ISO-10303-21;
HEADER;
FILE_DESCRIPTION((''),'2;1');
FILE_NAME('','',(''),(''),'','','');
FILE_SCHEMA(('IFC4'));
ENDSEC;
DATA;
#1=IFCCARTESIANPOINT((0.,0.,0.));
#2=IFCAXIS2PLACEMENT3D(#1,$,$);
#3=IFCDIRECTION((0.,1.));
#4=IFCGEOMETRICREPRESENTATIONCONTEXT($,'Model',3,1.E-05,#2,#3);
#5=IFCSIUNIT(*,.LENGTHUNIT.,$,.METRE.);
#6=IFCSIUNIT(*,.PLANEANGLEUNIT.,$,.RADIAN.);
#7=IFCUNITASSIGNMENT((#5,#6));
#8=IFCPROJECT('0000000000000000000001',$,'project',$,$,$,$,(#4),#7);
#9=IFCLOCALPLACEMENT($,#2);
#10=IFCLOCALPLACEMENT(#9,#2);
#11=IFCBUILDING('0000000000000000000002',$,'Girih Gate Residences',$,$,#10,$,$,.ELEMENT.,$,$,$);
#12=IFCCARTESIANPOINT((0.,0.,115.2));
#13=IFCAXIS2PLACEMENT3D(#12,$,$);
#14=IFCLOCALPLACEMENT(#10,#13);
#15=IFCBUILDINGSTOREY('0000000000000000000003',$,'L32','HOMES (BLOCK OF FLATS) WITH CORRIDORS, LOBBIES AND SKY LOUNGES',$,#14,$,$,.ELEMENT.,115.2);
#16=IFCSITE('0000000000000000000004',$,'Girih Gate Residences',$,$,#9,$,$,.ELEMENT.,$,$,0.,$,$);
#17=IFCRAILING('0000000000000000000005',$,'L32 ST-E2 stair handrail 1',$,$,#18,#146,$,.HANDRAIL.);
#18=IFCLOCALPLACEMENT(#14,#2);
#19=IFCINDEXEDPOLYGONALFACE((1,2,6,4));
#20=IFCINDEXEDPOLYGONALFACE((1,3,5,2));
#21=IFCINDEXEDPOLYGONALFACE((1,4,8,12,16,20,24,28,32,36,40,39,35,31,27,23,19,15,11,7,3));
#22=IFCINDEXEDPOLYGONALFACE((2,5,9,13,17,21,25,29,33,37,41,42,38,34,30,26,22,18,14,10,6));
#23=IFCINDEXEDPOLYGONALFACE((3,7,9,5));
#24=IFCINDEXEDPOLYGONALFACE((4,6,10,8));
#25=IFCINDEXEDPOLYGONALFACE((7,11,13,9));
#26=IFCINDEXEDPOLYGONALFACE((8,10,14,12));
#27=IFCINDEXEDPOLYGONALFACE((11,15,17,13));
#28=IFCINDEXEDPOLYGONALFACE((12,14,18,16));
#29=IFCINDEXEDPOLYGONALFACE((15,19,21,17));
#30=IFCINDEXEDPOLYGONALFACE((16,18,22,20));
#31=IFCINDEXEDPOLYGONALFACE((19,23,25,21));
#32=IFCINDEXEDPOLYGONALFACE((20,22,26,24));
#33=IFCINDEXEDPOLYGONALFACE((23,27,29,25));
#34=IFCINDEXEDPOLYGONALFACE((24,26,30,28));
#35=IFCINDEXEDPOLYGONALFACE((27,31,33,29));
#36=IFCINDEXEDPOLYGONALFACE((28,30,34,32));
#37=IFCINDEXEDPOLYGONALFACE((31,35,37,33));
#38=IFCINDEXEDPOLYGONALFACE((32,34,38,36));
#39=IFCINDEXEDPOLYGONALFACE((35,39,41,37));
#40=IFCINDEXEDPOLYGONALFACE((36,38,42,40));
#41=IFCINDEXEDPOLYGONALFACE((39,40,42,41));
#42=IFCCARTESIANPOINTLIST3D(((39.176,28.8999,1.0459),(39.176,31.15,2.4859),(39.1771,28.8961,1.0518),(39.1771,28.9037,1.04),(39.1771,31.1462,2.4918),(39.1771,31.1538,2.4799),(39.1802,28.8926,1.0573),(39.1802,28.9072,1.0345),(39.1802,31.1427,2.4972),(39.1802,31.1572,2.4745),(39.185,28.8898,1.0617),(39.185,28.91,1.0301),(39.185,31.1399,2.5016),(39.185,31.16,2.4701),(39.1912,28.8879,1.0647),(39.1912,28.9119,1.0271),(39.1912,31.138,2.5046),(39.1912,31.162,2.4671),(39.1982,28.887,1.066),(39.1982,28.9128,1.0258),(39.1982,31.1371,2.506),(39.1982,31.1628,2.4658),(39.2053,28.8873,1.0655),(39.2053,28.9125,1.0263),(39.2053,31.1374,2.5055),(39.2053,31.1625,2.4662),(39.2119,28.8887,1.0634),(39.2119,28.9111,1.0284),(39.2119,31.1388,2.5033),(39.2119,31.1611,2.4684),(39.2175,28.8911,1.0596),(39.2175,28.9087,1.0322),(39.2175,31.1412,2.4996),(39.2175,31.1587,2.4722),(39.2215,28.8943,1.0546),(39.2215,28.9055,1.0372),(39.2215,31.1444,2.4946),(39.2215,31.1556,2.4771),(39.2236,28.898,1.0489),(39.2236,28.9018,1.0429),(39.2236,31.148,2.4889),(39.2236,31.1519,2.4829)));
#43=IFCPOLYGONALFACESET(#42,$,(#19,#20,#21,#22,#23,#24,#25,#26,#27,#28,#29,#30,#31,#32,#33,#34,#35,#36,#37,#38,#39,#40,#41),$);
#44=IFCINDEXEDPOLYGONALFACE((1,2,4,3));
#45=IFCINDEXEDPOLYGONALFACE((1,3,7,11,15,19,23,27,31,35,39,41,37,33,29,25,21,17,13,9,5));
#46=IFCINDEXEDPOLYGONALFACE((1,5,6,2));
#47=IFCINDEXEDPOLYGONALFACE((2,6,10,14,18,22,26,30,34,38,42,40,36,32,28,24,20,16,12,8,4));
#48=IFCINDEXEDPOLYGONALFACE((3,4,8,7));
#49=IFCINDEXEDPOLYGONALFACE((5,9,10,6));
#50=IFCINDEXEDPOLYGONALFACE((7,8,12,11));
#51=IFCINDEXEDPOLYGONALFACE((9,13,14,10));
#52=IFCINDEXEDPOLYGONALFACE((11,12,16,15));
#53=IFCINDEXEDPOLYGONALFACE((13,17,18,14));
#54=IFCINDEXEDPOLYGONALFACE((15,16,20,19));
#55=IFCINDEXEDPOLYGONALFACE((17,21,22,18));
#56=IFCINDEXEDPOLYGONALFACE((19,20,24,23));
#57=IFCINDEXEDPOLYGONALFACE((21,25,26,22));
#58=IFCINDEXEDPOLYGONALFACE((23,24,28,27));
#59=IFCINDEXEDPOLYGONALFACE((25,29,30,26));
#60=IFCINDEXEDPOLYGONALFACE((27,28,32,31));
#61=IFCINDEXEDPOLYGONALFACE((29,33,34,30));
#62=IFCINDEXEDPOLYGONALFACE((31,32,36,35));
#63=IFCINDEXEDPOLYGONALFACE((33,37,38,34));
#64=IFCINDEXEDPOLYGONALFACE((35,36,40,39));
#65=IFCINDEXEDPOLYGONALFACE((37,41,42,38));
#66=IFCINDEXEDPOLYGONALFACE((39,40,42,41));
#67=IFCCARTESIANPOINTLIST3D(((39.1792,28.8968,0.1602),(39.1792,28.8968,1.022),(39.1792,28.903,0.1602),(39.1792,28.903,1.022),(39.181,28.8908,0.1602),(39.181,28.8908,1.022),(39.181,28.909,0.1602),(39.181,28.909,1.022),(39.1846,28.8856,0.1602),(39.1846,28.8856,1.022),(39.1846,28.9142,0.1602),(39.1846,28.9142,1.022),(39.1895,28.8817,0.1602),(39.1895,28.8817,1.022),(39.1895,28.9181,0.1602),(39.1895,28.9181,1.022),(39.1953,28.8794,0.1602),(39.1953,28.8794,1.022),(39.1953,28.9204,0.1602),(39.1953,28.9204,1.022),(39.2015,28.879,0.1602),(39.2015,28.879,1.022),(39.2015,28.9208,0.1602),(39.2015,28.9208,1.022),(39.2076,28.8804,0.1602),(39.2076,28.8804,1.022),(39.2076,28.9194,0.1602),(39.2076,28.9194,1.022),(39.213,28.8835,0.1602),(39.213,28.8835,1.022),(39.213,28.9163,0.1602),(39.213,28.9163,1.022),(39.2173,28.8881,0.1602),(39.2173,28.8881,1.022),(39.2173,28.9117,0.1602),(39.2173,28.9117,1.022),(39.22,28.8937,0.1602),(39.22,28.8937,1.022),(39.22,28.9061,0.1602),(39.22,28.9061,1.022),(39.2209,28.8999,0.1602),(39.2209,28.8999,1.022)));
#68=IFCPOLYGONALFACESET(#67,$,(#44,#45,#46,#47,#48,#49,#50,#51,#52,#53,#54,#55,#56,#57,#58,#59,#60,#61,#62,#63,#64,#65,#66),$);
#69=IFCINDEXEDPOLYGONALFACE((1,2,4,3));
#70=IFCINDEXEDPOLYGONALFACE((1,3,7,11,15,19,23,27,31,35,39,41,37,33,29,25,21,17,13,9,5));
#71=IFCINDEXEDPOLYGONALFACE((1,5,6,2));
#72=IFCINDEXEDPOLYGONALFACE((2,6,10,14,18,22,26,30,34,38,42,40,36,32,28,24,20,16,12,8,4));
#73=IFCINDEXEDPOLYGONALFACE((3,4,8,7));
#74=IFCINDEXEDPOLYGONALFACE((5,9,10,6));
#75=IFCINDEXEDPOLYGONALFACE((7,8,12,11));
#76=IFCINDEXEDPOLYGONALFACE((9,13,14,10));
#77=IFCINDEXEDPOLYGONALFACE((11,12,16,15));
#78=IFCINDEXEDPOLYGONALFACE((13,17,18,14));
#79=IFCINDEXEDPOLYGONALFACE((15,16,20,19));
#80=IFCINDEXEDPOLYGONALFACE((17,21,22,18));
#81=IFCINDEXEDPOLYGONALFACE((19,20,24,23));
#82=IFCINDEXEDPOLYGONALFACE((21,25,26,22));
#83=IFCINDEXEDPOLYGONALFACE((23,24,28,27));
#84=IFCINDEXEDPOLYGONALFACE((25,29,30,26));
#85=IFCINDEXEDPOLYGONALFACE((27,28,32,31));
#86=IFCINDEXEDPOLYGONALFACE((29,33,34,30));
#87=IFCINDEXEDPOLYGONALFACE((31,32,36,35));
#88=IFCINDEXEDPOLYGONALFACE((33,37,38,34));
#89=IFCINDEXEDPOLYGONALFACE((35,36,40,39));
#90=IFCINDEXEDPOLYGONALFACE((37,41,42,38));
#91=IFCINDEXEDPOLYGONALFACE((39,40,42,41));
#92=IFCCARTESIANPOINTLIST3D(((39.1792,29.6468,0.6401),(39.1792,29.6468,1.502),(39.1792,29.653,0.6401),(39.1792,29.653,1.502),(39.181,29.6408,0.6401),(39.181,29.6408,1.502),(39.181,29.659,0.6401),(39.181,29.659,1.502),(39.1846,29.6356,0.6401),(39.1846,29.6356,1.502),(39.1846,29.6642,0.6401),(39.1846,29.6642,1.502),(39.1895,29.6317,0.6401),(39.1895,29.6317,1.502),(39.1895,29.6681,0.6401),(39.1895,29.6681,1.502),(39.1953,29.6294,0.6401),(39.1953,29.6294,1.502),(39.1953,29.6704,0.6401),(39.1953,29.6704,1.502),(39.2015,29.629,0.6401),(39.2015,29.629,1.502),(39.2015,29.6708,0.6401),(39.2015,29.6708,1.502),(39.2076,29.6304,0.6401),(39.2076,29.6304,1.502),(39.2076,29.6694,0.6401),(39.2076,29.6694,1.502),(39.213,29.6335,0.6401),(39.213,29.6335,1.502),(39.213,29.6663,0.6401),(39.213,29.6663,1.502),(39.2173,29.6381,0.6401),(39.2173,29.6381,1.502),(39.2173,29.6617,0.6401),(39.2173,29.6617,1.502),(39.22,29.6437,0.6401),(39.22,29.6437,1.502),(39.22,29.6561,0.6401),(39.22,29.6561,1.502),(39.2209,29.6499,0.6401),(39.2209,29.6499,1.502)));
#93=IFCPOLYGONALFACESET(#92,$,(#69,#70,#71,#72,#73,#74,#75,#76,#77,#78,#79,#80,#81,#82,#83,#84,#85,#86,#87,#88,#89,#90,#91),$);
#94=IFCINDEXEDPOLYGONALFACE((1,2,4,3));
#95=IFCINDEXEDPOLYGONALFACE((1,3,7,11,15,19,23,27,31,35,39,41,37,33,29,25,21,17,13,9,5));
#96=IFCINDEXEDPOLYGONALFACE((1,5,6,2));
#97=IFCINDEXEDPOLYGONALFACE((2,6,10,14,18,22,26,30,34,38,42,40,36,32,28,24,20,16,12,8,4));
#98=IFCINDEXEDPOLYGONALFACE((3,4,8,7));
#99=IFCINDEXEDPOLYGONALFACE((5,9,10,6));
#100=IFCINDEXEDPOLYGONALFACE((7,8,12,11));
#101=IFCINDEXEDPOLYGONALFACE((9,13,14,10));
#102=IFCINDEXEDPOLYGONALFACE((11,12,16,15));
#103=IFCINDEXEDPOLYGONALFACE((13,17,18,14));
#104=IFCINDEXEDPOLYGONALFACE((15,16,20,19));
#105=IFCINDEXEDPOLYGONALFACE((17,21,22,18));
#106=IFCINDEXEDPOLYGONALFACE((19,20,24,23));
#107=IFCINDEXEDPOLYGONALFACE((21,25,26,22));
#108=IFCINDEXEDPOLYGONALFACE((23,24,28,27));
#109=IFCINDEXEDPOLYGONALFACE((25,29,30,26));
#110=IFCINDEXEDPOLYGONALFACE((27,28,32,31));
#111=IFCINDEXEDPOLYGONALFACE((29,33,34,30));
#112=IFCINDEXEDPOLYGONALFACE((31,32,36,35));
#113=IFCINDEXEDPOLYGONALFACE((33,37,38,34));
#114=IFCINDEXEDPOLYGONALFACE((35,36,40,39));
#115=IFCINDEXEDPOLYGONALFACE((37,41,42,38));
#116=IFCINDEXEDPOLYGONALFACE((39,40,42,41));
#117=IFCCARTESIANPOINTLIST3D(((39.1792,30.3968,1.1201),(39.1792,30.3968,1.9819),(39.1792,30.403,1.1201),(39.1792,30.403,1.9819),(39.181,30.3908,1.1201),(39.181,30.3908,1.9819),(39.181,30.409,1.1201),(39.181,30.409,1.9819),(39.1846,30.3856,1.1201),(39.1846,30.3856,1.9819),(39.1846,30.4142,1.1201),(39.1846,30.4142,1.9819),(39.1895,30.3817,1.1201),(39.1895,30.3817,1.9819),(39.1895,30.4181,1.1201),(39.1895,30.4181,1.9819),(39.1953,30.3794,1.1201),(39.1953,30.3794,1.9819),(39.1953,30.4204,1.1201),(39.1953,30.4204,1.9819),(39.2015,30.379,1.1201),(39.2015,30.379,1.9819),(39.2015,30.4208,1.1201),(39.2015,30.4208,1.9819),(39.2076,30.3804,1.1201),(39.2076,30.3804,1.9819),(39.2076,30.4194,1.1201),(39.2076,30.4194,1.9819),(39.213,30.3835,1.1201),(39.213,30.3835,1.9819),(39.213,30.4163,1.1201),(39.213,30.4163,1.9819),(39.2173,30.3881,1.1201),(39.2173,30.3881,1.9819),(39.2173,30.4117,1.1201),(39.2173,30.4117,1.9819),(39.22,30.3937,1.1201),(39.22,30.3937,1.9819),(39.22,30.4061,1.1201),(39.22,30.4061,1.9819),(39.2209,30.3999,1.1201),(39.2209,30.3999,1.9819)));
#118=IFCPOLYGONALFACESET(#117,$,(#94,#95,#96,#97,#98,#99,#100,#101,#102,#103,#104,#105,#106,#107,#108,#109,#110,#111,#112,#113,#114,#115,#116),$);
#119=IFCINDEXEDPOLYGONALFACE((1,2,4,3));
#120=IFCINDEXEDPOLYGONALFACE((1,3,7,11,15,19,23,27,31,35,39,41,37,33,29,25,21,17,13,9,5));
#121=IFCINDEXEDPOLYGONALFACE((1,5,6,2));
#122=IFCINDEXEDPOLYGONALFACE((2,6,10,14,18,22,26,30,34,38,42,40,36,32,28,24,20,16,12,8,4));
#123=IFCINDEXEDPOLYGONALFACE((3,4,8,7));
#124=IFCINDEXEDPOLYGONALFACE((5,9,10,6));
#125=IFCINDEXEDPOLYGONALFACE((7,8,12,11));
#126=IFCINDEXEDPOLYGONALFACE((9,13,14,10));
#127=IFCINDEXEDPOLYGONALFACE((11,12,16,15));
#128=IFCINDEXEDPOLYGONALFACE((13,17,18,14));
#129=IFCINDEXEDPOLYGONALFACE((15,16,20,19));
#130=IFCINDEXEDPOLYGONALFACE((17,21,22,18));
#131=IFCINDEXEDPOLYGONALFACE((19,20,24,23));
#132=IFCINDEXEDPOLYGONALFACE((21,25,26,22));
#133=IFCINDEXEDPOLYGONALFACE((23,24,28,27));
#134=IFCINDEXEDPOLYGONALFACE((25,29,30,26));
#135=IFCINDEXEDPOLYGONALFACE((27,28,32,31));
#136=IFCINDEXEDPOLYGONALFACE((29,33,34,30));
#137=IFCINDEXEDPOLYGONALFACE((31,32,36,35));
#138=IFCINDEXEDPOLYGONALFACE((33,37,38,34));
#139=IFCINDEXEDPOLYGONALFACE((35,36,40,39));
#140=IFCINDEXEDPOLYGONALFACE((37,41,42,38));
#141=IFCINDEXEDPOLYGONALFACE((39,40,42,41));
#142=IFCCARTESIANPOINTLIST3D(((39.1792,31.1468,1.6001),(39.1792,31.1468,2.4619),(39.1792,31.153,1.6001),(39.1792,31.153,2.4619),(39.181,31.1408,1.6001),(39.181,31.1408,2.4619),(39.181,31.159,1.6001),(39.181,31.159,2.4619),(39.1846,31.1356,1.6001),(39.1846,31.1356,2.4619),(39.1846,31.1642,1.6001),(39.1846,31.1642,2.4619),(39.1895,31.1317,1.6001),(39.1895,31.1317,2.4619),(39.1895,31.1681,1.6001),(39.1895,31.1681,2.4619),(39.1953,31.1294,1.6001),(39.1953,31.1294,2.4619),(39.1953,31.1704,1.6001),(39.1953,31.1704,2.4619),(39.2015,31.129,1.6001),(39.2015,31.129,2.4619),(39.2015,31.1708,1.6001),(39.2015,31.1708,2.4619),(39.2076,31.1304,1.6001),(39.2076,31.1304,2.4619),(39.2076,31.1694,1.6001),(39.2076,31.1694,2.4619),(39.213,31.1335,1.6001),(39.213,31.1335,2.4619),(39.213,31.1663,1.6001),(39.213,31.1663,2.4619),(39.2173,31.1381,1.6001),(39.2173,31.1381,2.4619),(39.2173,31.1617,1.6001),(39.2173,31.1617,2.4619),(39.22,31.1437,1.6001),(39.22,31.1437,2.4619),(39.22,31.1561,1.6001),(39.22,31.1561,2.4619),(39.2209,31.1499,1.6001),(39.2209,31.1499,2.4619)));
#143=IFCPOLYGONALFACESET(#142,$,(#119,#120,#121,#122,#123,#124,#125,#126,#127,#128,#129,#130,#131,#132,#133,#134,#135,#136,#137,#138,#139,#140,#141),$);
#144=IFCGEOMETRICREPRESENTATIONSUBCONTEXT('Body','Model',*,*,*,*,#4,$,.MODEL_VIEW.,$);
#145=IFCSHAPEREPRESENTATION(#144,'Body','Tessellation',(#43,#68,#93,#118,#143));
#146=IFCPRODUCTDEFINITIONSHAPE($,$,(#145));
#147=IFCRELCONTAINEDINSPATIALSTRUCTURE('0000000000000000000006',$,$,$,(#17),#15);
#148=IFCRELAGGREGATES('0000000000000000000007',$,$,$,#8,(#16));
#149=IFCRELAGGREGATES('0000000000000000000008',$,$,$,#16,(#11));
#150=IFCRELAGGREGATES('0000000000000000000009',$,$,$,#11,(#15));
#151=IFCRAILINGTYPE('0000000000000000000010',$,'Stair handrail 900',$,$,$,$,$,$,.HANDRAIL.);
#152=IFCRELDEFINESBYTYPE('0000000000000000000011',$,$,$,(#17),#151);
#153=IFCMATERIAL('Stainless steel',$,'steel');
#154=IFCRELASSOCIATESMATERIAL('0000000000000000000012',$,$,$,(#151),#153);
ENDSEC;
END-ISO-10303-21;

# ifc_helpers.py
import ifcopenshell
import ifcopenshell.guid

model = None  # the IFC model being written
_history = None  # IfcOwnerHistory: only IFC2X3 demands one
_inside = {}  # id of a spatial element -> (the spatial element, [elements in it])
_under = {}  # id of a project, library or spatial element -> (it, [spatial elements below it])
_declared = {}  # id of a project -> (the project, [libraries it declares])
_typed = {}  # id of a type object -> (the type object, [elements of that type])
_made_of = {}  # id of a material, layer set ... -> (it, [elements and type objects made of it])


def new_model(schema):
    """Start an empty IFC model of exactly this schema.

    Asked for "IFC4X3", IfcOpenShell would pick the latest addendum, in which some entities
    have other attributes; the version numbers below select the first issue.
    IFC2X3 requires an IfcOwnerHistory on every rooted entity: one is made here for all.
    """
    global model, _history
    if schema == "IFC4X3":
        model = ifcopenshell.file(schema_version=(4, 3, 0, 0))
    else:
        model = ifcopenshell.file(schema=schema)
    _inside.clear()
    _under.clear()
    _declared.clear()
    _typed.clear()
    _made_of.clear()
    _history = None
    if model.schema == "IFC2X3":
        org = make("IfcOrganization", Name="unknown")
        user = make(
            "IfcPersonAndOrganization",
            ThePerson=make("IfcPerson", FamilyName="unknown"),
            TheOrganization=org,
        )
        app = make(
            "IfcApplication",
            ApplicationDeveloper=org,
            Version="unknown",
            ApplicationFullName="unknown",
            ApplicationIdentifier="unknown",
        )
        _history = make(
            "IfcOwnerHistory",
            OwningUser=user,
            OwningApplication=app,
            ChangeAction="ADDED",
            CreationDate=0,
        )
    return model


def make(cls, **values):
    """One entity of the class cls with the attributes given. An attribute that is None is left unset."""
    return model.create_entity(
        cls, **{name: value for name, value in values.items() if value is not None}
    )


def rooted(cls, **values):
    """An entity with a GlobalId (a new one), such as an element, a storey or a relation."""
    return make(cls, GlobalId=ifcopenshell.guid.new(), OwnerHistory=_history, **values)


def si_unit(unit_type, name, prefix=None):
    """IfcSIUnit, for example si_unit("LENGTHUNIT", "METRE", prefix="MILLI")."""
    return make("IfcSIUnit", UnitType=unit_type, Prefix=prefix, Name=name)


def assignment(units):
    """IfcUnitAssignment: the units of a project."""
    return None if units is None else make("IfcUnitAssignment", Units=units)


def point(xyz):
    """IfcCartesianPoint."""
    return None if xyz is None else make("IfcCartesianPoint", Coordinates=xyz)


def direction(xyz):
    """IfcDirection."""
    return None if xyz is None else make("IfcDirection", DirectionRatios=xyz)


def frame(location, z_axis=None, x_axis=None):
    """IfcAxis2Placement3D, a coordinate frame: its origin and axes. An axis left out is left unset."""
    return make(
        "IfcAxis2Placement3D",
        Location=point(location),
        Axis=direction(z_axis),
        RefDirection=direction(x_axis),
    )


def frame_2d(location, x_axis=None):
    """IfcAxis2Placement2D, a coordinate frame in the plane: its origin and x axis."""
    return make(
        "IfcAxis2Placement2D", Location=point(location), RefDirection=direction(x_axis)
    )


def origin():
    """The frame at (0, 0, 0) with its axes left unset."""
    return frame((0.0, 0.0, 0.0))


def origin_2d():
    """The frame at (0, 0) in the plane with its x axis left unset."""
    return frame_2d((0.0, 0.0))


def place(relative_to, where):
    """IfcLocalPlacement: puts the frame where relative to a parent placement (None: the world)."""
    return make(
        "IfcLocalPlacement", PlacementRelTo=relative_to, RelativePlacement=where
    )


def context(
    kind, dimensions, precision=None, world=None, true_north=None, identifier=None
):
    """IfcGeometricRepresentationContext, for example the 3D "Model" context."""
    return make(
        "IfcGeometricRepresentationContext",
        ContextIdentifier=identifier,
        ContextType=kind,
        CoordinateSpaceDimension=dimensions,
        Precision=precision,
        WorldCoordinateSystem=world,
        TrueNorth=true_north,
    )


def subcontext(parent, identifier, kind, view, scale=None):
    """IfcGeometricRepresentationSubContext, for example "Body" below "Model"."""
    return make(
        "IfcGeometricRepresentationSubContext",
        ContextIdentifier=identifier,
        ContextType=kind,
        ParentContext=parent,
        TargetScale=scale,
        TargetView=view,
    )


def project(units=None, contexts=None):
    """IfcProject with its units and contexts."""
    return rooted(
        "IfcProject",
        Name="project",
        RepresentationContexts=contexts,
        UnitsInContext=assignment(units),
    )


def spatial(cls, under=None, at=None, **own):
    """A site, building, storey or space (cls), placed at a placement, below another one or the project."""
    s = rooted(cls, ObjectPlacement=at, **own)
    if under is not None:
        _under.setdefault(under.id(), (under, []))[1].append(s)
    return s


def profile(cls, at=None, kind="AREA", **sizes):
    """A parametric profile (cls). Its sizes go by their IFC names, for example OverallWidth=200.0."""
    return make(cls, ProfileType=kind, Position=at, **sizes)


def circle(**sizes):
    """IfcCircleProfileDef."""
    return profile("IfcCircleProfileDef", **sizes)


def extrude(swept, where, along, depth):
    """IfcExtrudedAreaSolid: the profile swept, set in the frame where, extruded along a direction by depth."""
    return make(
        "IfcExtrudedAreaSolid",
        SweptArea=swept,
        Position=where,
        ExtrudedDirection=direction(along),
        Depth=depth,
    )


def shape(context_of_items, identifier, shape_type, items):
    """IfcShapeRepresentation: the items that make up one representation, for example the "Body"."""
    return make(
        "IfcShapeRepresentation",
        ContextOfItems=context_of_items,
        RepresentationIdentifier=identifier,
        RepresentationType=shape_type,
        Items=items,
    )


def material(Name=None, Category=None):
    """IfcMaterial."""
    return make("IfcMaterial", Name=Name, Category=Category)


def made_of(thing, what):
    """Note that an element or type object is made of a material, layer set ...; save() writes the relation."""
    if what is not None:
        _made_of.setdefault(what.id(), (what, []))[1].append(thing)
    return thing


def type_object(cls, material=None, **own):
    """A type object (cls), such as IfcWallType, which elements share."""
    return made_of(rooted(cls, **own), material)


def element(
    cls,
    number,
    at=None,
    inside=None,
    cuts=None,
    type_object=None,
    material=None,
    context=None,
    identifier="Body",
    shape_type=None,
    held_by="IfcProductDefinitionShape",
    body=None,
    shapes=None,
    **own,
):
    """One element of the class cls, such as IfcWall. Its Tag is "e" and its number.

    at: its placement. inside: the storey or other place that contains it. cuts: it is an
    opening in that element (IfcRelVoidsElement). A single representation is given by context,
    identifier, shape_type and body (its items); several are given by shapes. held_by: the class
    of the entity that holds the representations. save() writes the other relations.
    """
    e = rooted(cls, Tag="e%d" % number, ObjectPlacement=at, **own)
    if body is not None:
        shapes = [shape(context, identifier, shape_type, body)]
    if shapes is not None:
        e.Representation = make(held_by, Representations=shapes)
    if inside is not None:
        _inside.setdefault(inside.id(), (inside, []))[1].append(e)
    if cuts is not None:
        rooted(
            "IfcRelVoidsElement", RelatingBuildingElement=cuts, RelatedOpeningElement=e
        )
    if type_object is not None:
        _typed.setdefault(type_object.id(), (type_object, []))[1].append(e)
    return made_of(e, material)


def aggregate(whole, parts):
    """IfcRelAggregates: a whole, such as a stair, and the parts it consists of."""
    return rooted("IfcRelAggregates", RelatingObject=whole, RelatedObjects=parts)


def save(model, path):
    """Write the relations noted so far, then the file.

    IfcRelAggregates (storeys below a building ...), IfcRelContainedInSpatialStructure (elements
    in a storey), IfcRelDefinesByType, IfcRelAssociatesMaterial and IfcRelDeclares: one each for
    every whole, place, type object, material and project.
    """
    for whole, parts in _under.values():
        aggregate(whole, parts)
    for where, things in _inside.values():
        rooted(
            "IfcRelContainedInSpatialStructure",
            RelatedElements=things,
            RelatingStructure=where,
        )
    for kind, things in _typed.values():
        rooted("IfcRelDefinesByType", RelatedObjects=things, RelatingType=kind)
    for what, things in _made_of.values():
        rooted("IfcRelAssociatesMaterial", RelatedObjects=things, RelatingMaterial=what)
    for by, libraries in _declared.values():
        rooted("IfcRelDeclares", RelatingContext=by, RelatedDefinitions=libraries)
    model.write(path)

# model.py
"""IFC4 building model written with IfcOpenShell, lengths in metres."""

from ifc_helpers import new_model, si_unit, direction, frame, origin, origin_2d, place, context, subcontext, project, spatial, circle, extrude, material, type_object, element, save


model = new_model("IFC4")

# Units and contexts
model_context = context("Model", 3, precision=1e-05, world=origin(), true_north=direction((0.0, 1.0)))
body_context = subcontext(model_context, "Body", "Model", "MODEL_VIEW")
ifc_project = project(units=[si_unit("LENGTHUNIT", "METRE"), si_unit("PLANEANGLEUNIT", "RADIAN")], contexts=[model_context])

# Site, building, storey
site_placement = place(None, origin())
site = spatial("IfcSite", under=ifc_project, at=site_placement, Name="Girih Gate Residences", CompositionType="ELEMENT", RefElevation=0.0)
building_placement = place(site_placement, origin())
building = spatial("IfcBuilding", under=site, at=building_placement, Name="Girih Gate Residences", CompositionType="ELEMENT")
storey_placement = place(building_placement, frame((0.0, 0.0, 115.2)))
storey = spatial("IfcBuildingStorey", under=building, at=storey_placement, Name="L32", Description="HOMES (BLOCK OF FLATS) WITH CORRIDORS, LOBBIES AND SKY LOUNGES", CompositionType="ELEMENT", Elevation=115.2)

# Railing
ifc_material_1 = material(Name="Stainless steel", Category="steel")
railing_type_1 = type_object("IfcRailingType", Name="Stair handrail 900", PredefinedType="HANDRAIL", material=ifc_material_1)
railing_1_placement = place(storey_placement, frame((39.2, 28.8999, 0.1602)))
element("IfcRailing", 1, at=railing_1_placement, inside=storey, type_object=railing_type_1, Name="L32 ST-E2 stair handrail 1", PredefinedType="HANDRAIL", context=body_context, shape_type="SweptSolid", body=[
    extrude(circle(Radius=0.0239, at=origin_2d()), frame((0.0, 0.0, 0.8857), z_axis=(0.0, 0.842281, 0.539038), x_axis=(-1.0, 0.0, 0.0)), (0.0, 0.0, 1.0), 2.6714),
    extrude(circle(Radius=0.021, at=origin_2d()), origin(), (0.0, 0.0, 1.0), 0.8618),
    extrude(circle(Radius=0.021, at=origin_2d()), frame((0.0, 0.75, 0.48)), (0.0, 0.0, 1.0), 0.8618),
    extrude(circle(Radius=0.021, at=origin_2d()), frame((0.0, 1.5, 0.96)), (0.0, 0.0, 1.0), 0.8618),
    extrude(circle(Radius=0.021, at=origin_2d()), frame((0.0, 2.25, 1.4399)), (0.0, 0.0, 1.0), 0.8618),
])

save(model, "model.ifc")
